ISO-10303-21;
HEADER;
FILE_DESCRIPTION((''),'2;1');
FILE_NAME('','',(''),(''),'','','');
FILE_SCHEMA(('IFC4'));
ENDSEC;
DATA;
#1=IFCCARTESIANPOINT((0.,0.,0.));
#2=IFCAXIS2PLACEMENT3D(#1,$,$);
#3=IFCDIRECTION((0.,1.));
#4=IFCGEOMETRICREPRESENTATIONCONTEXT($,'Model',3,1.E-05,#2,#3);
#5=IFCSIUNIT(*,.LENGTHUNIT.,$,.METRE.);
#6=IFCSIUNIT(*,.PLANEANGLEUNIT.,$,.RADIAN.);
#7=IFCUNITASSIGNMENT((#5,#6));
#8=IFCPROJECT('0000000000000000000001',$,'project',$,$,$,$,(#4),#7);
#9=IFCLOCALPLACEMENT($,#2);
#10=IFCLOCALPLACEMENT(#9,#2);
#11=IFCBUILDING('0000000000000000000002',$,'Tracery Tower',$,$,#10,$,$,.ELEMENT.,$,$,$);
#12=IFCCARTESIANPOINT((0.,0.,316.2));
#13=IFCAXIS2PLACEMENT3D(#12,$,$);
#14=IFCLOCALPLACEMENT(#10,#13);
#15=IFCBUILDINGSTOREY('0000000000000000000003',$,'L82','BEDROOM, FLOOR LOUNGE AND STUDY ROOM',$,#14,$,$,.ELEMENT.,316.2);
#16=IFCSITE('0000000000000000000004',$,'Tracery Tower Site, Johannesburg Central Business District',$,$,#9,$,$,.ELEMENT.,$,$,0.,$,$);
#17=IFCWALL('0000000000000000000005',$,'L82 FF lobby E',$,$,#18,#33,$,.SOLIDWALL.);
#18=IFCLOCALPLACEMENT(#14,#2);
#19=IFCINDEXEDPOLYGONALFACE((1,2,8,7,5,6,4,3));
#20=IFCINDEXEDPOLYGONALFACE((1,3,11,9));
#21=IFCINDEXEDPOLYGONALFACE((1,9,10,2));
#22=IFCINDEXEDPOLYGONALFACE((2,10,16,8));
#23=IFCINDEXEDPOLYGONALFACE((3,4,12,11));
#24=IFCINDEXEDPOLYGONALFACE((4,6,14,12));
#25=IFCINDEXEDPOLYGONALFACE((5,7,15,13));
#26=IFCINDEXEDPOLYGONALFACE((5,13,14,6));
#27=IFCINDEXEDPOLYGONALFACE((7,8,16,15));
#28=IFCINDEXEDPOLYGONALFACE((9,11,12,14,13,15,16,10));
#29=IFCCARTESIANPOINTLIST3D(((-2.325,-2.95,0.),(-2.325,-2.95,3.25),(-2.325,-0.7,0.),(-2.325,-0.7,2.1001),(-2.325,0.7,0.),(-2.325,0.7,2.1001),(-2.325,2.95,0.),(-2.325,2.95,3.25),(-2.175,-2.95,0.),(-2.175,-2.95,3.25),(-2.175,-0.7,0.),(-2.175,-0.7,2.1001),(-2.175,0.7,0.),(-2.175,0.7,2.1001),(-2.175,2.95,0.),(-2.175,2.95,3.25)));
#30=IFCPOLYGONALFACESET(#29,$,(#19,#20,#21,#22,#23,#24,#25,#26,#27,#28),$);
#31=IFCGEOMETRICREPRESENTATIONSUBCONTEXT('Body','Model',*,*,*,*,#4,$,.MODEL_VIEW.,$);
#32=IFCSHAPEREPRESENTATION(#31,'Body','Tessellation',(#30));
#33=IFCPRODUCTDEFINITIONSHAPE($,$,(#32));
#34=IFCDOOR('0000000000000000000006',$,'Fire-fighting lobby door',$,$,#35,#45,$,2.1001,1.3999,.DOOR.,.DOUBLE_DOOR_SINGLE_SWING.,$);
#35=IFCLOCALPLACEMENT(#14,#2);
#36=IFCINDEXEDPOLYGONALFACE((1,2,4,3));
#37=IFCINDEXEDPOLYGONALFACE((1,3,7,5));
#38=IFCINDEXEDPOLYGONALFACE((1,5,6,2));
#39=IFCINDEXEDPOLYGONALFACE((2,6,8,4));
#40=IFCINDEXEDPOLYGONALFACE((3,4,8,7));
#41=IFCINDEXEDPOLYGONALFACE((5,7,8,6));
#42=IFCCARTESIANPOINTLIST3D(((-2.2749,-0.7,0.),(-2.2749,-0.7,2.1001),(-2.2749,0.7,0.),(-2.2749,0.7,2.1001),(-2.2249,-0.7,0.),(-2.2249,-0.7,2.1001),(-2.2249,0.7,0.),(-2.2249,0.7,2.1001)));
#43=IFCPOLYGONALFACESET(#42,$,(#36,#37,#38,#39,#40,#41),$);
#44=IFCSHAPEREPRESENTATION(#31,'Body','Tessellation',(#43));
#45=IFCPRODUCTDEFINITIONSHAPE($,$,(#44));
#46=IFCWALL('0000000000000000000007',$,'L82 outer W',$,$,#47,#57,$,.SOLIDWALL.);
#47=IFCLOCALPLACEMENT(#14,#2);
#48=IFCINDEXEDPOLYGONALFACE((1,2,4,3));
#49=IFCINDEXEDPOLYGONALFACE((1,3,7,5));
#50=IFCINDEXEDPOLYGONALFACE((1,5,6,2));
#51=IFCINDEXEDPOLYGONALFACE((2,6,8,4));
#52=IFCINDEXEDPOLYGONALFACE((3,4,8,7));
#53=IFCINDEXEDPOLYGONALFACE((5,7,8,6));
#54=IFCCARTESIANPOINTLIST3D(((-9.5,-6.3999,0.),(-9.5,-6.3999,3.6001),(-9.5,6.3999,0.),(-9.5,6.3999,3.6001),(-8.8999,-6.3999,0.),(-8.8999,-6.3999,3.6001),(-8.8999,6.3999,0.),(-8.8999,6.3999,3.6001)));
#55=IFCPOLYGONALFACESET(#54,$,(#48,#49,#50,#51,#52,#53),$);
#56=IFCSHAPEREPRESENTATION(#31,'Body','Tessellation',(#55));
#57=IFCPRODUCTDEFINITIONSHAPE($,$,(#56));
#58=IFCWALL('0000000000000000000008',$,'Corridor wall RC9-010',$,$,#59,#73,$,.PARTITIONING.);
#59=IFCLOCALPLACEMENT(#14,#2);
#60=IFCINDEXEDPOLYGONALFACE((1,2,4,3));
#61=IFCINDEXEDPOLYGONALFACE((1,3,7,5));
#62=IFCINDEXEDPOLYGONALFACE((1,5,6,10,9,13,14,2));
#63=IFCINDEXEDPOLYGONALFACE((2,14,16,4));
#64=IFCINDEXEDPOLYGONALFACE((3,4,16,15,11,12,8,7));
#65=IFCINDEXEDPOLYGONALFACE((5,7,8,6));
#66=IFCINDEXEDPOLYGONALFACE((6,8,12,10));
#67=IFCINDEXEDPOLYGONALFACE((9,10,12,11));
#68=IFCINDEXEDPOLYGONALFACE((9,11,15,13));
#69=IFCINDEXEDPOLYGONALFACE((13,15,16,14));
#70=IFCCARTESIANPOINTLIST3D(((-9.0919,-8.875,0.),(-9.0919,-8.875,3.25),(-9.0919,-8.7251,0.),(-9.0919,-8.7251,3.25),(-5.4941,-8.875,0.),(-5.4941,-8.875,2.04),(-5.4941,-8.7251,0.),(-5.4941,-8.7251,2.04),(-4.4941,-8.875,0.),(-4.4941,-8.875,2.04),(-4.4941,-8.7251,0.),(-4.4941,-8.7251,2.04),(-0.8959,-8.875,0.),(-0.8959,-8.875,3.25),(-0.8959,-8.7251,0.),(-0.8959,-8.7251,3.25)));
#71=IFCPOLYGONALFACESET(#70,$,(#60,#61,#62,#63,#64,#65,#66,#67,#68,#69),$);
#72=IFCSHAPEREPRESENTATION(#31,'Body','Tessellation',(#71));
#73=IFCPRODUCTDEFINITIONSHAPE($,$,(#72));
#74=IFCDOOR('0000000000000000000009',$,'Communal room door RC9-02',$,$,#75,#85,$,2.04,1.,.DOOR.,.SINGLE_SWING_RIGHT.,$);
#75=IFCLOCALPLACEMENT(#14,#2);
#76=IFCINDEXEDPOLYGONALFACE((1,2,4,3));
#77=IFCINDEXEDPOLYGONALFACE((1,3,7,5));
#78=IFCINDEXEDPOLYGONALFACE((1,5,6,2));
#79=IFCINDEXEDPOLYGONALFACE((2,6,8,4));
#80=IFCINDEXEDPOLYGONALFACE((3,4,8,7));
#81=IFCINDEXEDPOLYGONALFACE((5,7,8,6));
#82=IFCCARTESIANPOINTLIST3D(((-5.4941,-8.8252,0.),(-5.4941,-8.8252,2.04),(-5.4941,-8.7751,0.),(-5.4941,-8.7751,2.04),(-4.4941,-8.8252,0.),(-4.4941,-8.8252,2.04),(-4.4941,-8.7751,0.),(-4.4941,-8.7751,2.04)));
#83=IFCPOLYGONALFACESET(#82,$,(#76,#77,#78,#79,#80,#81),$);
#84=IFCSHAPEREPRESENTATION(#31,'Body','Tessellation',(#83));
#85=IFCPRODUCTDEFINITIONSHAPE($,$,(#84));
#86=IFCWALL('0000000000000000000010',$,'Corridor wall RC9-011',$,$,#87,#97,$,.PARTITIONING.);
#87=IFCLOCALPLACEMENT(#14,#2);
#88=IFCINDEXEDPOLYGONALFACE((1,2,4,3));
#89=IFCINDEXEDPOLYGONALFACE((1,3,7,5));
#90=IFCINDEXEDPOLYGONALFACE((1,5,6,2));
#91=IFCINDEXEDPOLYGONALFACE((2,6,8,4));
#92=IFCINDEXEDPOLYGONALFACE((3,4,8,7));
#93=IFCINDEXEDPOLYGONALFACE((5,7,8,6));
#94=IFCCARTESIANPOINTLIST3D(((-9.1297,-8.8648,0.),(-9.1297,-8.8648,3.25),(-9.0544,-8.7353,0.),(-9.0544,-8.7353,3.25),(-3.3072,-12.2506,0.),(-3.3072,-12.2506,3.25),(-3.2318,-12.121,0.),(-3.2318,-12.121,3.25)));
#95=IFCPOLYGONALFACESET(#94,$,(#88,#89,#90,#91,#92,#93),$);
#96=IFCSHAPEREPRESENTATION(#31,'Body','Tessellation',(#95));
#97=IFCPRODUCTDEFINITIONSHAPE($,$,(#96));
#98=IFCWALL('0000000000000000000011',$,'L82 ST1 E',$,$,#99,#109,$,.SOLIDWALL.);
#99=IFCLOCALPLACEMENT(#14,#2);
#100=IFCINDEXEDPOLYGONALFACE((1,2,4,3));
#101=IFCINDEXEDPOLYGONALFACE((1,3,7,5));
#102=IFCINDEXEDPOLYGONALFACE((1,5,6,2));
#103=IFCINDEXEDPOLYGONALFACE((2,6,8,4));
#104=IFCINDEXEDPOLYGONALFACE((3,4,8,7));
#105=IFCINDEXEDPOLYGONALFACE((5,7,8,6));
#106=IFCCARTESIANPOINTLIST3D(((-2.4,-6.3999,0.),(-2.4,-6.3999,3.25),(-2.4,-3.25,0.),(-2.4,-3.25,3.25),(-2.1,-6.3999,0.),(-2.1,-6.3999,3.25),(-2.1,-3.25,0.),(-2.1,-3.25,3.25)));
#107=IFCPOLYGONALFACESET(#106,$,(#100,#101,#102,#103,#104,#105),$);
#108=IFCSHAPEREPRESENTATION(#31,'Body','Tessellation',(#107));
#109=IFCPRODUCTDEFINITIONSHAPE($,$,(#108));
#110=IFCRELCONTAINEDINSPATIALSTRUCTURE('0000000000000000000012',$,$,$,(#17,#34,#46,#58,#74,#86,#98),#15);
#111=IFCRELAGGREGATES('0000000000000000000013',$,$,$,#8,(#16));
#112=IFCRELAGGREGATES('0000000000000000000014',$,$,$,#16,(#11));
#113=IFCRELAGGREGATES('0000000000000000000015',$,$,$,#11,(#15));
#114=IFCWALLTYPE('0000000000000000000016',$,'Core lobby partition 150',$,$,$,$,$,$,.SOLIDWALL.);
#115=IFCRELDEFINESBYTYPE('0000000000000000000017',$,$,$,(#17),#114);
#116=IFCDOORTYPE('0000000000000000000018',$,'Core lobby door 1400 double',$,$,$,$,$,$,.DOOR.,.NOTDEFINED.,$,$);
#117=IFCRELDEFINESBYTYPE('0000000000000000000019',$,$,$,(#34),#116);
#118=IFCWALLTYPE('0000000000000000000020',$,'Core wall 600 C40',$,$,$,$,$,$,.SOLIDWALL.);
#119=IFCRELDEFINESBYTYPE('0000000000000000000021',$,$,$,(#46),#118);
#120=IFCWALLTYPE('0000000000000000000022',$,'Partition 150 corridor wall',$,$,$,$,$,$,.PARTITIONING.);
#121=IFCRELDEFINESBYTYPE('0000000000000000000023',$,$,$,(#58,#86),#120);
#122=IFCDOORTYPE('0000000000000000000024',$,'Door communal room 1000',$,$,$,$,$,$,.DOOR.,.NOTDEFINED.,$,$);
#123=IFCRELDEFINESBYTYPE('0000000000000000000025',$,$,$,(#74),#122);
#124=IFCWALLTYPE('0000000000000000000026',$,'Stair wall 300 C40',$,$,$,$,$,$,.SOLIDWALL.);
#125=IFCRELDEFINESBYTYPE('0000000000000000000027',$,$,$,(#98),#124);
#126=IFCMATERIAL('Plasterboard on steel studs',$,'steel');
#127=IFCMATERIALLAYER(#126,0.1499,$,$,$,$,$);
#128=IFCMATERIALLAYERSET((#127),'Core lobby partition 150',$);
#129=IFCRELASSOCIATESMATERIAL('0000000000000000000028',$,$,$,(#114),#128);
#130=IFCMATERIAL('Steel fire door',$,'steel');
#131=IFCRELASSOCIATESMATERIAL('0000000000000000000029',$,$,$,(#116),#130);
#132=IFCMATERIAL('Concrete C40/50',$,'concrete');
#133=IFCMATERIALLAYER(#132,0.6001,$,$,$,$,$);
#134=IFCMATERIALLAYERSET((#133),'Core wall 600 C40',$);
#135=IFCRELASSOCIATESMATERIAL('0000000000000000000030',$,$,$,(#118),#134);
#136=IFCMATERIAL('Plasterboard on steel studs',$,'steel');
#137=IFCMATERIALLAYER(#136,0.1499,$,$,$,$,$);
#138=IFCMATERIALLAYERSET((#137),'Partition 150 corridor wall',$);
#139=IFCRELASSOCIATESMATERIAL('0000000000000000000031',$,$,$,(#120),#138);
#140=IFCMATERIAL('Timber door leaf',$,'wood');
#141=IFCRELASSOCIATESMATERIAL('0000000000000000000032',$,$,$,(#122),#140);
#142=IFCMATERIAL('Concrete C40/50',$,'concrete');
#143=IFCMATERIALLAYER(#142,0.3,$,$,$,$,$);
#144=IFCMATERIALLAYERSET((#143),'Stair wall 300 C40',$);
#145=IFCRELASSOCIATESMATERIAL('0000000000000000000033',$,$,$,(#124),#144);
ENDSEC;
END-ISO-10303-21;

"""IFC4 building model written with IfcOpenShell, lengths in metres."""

from ifc_helpers import new_model, si_unit, direction, frame, frame_2d, origin, place, context, subcontext, project, spatial, rectangle, extrude, material, layer, layer_set, type_object, element, fill, save


model = new_model("IFC4")

# Units and contexts
model_context = context("Model", 3, precision=1e-05, world=origin(), true_north=direction((0.0, 1.0)))
body_context = subcontext(model_context, "Body", "Model", "MODEL_VIEW")
ifc_project = project(units=[si_unit("LENGTHUNIT", "METRE"), si_unit("PLANEANGLEUNIT", "RADIAN")], contexts=[model_context])

# Site, building, storey
site_placement = place(None, origin())
site = spatial("IfcSite", under=ifc_project, at=site_placement, Name="Tracery Tower Site, Johannesburg Central Business District", CompositionType="ELEMENT", RefElevation=0.0)
building_placement = place(site_placement, origin())
building = spatial("IfcBuilding", under=site, at=building_placement, Name="Tracery Tower", CompositionType="ELEMENT")
storey_placement = place(building_placement, frame((0.0, 0.0, 316.2)))
storey = spatial("IfcBuildingStorey", under=building, at=storey_placement, Name="L82", Description="BEDROOM, FLOOR LOUNGE AND STUDY ROOM", CompositionType="ELEMENT", Elevation=316.2)

# Wall, opening, door
ifc_material_1 = material(Name="Plasterboard on steel studs", Category="steel")
ifc_layer_1 = layer(ifc_material_1, 0.1499)
ifc_layer_set_1 = layer_set([ifc_layer_1], Name="Core lobby partition 150")
wall_type_1 = type_object("IfcWallType", Name="Core lobby partition 150", PredefinedType="SOLIDWALL", material=ifc_layer_set_1)
wall_1_placement = place(storey_placement, frame((-2.25, -2.95, 0.0), z_axis=(0.0, 0.0, 1.0), x_axis=(0.0, 1.0, 0.0)))
wall_1 = element("IfcWall", 1, at=wall_1_placement, inside=storey, type_object=wall_type_1, Name="L82 FF lobby E", PredefinedType="SOLIDWALL", context=body_context, shape_type="SweptSolid", body=[
    extrude(rectangle(XDim=5.8999, YDim=0.1499, at=frame_2d((2.95, 0.0))), origin(), (0.0, 0.0, 1.0), 3.25),
])
opening_1_placement = place(wall_1_placement, frame((2.25, 0.0, 0.0)))
opening_1 = element("IfcOpeningElement", 2, at=opening_1_placement, cuts=wall_1, PredefinedType="OPENING", context=body_context, shape_type="SweptSolid", body=[
    extrude(rectangle(XDim=1.3999, YDim=2.1001, at=frame_2d((0.7, 1.05))), frame((0.0, 0.075, 0.0), z_axis=(0.0, -1.0, 0.0), x_axis=(1.0, 0.0, 0.0)), (0.0, 0.0, 1.0), 0.1499),
])
ifc_material_2 = material(Name="Steel fire door", Category="steel")
door_type_1 = type_object("IfcDoorType", Name="Core lobby door 1400 double", OperationType="NOTDEFINED", PredefinedType="DOOR", material=ifc_material_2)
door_1_placement = place(opening_1_placement, origin())
door_1 = element("IfcDoor", 3, at=door_1_placement, inside=storey, type_object=door_type_1, Name="Fire-fighting lobby door", OperationType="DOUBLE_DOOR_SINGLE_SWING", OverallHeight=2.1001, OverallWidth=1.3999, PredefinedType="DOOR", context=body_context, shape_type="SweptSolid", body=[
    extrude(rectangle(XDim=1.3999, YDim=2.1001, at=frame_2d((0.7, 1.05))), frame((0.0, 0.0249, 0.0), z_axis=(0.0, -1.0, 0.0), x_axis=(1.0, 0.0, 0.0)), (0.0, 0.0, 1.0), 0.05),
])
fill(opening_1, door_1)

# Wall
ifc_material_3 = material(Name="Concrete C40/50", Category="concrete")
ifc_layer_2 = layer(ifc_material_3, 0.6001)
ifc_layer_set_2 = layer_set([ifc_layer_2], Name="Core wall 600 C40")
wall_type_2 = type_object("IfcWallType", Name="Core wall 600 C40", PredefinedType="SOLIDWALL", material=ifc_layer_set_2)
wall_2_placement = place(storey_placement, frame((-9.2, -6.3999, 0.0), z_axis=(0.0, 0.0, 1.0), x_axis=(0.0, 1.0, 0.0)))
element("IfcWall", 4, at=wall_2_placement, inside=storey, type_object=wall_type_2, Name="L82 outer W", PredefinedType="SOLIDWALL", context=body_context, shape_type="SweptSolid", body=[
    extrude(rectangle(XDim=12.7998, YDim=0.6001, at=frame_2d((6.3999, 0.0))), origin(), (0.0, 0.0, 1.0), 3.6001),
])

# Wall, opening, door
ifc_material_4 = material(Name="Plasterboard on steel studs", Category="steel")
ifc_layer_3 = layer(ifc_material_4, 0.1499)
ifc_layer_set_3 = layer_set([ifc_layer_3], Name="Partition 150 corridor wall")
wall_type_3 = type_object("IfcWallType", Name="Partition 150 corridor wall", PredefinedType="PARTITIONING", material=ifc_layer_set_3)
wall_3_placement = place(storey_placement, frame((-9.092, -8.8, 0.0), z_axis=(0.0, 0.0, 1.0), x_axis=(1.0, 0.0, 0.0)))
wall_3 = element("IfcWall", 5, at=wall_3_placement, inside=storey, type_object=wall_type_3, Name="Corridor wall RC9-010", PredefinedType="PARTITIONING", context=body_context, shape_type="SweptSolid", body=[
    extrude(rectangle(XDim=8.196, YDim=0.1499, at=frame_2d((4.0981, 0.0))), origin(), (0.0, 0.0, 1.0), 3.25),
])
opening_2_placement = place(wall_3_placement, frame((3.5979, 0.0, 0.0)))
opening_2 = element("IfcOpeningElement", 6, at=opening_2_placement, cuts=wall_3, PredefinedType="OPENING", context=body_context, shape_type="SweptSolid", body=[
    extrude(rectangle(XDim=1.0, YDim=2.04, at=frame_2d((0.5, 1.02))), frame((0.0, 0.075, 0.0), z_axis=(0.0, -1.0, 0.0), x_axis=(1.0, 0.0, 0.0)), (0.0, 0.0, 1.0), 0.1499),
])
ifc_material_5 = material(Name="Timber door leaf", Category="wood")
door_type_2 = type_object("IfcDoorType", Name="Door communal room 1000", OperationType="NOTDEFINED", PredefinedType="DOOR", material=ifc_material_5)
door_2_placement = place(opening_2_placement, origin())
door_2 = element("IfcDoor", 7, at=door_2_placement, inside=storey, type_object=door_type_2, Name="Communal room door RC9-02", OperationType="SINGLE_SWING_RIGHT", OverallHeight=2.04, OverallWidth=1.0, PredefinedType="DOOR", context=body_context, shape_type="SweptSolid", body=[
    extrude(rectangle(XDim=1.0, YDim=2.04, at=frame_2d((0.5, 1.02))), frame((0.0, 0.0249, 0.0), z_axis=(0.0, -1.0, 0.0), x_axis=(1.0, 0.0, 0.0)), (0.0, 0.0, 1.0), 0.05),
])
fill(opening_2, door_2)

# Wall
wall_4_placement = place(storey_placement, frame((-9.092, -8.8, 0.0), z_axis=(0.0, 0.0, 1.0), x_axis=(0.864471, -0.502683, 0.0)))
element("IfcWall", 8, at=wall_4_placement, inside=storey, type_object=wall_type_3, Name="Corridor wall RC9-011", PredefinedType="PARTITIONING", context=body_context, shape_type="SweptSolid", body=[
    extrude(rectangle(XDim=6.7354, YDim=0.1499, at=frame_2d((3.3677, 0.0))), origin(), (0.0, 0.0, 1.0), 3.25),
])

# Shared definitions
ifc_material_6 = material(Name="Concrete C40/50", Category="concrete")
ifc_layer_4 = layer(ifc_material_6, 0.3)
ifc_layer_set_4 = layer_set([ifc_layer_4], Name="Stair wall 300 C40")
wall_type_4 = type_object("IfcWallType", Name="Stair wall 300 C40", PredefinedType="SOLIDWALL", material=ifc_layer_set_4)

# Wall
wall_5_placement = place(storey_placement, frame((-2.25, -6.3999, 0.0), z_axis=(0.0, 0.0, 1.0), x_axis=(0.0, 1.0, 0.0)))
element("IfcWall", 9, at=wall_5_placement, inside=storey, type_object=wall_type_4, Name="L82 ST1 E", PredefinedType="SOLIDWALL", context=body_context, shape_type="SweptSolid", body=[
    extrude(rectangle(XDim=3.1499, YDim=0.3, at=frame_2d((1.575, 0.0))), origin(), (0.0, 0.0, 1.0), 3.25),
])

save(model, "model.ifc")
